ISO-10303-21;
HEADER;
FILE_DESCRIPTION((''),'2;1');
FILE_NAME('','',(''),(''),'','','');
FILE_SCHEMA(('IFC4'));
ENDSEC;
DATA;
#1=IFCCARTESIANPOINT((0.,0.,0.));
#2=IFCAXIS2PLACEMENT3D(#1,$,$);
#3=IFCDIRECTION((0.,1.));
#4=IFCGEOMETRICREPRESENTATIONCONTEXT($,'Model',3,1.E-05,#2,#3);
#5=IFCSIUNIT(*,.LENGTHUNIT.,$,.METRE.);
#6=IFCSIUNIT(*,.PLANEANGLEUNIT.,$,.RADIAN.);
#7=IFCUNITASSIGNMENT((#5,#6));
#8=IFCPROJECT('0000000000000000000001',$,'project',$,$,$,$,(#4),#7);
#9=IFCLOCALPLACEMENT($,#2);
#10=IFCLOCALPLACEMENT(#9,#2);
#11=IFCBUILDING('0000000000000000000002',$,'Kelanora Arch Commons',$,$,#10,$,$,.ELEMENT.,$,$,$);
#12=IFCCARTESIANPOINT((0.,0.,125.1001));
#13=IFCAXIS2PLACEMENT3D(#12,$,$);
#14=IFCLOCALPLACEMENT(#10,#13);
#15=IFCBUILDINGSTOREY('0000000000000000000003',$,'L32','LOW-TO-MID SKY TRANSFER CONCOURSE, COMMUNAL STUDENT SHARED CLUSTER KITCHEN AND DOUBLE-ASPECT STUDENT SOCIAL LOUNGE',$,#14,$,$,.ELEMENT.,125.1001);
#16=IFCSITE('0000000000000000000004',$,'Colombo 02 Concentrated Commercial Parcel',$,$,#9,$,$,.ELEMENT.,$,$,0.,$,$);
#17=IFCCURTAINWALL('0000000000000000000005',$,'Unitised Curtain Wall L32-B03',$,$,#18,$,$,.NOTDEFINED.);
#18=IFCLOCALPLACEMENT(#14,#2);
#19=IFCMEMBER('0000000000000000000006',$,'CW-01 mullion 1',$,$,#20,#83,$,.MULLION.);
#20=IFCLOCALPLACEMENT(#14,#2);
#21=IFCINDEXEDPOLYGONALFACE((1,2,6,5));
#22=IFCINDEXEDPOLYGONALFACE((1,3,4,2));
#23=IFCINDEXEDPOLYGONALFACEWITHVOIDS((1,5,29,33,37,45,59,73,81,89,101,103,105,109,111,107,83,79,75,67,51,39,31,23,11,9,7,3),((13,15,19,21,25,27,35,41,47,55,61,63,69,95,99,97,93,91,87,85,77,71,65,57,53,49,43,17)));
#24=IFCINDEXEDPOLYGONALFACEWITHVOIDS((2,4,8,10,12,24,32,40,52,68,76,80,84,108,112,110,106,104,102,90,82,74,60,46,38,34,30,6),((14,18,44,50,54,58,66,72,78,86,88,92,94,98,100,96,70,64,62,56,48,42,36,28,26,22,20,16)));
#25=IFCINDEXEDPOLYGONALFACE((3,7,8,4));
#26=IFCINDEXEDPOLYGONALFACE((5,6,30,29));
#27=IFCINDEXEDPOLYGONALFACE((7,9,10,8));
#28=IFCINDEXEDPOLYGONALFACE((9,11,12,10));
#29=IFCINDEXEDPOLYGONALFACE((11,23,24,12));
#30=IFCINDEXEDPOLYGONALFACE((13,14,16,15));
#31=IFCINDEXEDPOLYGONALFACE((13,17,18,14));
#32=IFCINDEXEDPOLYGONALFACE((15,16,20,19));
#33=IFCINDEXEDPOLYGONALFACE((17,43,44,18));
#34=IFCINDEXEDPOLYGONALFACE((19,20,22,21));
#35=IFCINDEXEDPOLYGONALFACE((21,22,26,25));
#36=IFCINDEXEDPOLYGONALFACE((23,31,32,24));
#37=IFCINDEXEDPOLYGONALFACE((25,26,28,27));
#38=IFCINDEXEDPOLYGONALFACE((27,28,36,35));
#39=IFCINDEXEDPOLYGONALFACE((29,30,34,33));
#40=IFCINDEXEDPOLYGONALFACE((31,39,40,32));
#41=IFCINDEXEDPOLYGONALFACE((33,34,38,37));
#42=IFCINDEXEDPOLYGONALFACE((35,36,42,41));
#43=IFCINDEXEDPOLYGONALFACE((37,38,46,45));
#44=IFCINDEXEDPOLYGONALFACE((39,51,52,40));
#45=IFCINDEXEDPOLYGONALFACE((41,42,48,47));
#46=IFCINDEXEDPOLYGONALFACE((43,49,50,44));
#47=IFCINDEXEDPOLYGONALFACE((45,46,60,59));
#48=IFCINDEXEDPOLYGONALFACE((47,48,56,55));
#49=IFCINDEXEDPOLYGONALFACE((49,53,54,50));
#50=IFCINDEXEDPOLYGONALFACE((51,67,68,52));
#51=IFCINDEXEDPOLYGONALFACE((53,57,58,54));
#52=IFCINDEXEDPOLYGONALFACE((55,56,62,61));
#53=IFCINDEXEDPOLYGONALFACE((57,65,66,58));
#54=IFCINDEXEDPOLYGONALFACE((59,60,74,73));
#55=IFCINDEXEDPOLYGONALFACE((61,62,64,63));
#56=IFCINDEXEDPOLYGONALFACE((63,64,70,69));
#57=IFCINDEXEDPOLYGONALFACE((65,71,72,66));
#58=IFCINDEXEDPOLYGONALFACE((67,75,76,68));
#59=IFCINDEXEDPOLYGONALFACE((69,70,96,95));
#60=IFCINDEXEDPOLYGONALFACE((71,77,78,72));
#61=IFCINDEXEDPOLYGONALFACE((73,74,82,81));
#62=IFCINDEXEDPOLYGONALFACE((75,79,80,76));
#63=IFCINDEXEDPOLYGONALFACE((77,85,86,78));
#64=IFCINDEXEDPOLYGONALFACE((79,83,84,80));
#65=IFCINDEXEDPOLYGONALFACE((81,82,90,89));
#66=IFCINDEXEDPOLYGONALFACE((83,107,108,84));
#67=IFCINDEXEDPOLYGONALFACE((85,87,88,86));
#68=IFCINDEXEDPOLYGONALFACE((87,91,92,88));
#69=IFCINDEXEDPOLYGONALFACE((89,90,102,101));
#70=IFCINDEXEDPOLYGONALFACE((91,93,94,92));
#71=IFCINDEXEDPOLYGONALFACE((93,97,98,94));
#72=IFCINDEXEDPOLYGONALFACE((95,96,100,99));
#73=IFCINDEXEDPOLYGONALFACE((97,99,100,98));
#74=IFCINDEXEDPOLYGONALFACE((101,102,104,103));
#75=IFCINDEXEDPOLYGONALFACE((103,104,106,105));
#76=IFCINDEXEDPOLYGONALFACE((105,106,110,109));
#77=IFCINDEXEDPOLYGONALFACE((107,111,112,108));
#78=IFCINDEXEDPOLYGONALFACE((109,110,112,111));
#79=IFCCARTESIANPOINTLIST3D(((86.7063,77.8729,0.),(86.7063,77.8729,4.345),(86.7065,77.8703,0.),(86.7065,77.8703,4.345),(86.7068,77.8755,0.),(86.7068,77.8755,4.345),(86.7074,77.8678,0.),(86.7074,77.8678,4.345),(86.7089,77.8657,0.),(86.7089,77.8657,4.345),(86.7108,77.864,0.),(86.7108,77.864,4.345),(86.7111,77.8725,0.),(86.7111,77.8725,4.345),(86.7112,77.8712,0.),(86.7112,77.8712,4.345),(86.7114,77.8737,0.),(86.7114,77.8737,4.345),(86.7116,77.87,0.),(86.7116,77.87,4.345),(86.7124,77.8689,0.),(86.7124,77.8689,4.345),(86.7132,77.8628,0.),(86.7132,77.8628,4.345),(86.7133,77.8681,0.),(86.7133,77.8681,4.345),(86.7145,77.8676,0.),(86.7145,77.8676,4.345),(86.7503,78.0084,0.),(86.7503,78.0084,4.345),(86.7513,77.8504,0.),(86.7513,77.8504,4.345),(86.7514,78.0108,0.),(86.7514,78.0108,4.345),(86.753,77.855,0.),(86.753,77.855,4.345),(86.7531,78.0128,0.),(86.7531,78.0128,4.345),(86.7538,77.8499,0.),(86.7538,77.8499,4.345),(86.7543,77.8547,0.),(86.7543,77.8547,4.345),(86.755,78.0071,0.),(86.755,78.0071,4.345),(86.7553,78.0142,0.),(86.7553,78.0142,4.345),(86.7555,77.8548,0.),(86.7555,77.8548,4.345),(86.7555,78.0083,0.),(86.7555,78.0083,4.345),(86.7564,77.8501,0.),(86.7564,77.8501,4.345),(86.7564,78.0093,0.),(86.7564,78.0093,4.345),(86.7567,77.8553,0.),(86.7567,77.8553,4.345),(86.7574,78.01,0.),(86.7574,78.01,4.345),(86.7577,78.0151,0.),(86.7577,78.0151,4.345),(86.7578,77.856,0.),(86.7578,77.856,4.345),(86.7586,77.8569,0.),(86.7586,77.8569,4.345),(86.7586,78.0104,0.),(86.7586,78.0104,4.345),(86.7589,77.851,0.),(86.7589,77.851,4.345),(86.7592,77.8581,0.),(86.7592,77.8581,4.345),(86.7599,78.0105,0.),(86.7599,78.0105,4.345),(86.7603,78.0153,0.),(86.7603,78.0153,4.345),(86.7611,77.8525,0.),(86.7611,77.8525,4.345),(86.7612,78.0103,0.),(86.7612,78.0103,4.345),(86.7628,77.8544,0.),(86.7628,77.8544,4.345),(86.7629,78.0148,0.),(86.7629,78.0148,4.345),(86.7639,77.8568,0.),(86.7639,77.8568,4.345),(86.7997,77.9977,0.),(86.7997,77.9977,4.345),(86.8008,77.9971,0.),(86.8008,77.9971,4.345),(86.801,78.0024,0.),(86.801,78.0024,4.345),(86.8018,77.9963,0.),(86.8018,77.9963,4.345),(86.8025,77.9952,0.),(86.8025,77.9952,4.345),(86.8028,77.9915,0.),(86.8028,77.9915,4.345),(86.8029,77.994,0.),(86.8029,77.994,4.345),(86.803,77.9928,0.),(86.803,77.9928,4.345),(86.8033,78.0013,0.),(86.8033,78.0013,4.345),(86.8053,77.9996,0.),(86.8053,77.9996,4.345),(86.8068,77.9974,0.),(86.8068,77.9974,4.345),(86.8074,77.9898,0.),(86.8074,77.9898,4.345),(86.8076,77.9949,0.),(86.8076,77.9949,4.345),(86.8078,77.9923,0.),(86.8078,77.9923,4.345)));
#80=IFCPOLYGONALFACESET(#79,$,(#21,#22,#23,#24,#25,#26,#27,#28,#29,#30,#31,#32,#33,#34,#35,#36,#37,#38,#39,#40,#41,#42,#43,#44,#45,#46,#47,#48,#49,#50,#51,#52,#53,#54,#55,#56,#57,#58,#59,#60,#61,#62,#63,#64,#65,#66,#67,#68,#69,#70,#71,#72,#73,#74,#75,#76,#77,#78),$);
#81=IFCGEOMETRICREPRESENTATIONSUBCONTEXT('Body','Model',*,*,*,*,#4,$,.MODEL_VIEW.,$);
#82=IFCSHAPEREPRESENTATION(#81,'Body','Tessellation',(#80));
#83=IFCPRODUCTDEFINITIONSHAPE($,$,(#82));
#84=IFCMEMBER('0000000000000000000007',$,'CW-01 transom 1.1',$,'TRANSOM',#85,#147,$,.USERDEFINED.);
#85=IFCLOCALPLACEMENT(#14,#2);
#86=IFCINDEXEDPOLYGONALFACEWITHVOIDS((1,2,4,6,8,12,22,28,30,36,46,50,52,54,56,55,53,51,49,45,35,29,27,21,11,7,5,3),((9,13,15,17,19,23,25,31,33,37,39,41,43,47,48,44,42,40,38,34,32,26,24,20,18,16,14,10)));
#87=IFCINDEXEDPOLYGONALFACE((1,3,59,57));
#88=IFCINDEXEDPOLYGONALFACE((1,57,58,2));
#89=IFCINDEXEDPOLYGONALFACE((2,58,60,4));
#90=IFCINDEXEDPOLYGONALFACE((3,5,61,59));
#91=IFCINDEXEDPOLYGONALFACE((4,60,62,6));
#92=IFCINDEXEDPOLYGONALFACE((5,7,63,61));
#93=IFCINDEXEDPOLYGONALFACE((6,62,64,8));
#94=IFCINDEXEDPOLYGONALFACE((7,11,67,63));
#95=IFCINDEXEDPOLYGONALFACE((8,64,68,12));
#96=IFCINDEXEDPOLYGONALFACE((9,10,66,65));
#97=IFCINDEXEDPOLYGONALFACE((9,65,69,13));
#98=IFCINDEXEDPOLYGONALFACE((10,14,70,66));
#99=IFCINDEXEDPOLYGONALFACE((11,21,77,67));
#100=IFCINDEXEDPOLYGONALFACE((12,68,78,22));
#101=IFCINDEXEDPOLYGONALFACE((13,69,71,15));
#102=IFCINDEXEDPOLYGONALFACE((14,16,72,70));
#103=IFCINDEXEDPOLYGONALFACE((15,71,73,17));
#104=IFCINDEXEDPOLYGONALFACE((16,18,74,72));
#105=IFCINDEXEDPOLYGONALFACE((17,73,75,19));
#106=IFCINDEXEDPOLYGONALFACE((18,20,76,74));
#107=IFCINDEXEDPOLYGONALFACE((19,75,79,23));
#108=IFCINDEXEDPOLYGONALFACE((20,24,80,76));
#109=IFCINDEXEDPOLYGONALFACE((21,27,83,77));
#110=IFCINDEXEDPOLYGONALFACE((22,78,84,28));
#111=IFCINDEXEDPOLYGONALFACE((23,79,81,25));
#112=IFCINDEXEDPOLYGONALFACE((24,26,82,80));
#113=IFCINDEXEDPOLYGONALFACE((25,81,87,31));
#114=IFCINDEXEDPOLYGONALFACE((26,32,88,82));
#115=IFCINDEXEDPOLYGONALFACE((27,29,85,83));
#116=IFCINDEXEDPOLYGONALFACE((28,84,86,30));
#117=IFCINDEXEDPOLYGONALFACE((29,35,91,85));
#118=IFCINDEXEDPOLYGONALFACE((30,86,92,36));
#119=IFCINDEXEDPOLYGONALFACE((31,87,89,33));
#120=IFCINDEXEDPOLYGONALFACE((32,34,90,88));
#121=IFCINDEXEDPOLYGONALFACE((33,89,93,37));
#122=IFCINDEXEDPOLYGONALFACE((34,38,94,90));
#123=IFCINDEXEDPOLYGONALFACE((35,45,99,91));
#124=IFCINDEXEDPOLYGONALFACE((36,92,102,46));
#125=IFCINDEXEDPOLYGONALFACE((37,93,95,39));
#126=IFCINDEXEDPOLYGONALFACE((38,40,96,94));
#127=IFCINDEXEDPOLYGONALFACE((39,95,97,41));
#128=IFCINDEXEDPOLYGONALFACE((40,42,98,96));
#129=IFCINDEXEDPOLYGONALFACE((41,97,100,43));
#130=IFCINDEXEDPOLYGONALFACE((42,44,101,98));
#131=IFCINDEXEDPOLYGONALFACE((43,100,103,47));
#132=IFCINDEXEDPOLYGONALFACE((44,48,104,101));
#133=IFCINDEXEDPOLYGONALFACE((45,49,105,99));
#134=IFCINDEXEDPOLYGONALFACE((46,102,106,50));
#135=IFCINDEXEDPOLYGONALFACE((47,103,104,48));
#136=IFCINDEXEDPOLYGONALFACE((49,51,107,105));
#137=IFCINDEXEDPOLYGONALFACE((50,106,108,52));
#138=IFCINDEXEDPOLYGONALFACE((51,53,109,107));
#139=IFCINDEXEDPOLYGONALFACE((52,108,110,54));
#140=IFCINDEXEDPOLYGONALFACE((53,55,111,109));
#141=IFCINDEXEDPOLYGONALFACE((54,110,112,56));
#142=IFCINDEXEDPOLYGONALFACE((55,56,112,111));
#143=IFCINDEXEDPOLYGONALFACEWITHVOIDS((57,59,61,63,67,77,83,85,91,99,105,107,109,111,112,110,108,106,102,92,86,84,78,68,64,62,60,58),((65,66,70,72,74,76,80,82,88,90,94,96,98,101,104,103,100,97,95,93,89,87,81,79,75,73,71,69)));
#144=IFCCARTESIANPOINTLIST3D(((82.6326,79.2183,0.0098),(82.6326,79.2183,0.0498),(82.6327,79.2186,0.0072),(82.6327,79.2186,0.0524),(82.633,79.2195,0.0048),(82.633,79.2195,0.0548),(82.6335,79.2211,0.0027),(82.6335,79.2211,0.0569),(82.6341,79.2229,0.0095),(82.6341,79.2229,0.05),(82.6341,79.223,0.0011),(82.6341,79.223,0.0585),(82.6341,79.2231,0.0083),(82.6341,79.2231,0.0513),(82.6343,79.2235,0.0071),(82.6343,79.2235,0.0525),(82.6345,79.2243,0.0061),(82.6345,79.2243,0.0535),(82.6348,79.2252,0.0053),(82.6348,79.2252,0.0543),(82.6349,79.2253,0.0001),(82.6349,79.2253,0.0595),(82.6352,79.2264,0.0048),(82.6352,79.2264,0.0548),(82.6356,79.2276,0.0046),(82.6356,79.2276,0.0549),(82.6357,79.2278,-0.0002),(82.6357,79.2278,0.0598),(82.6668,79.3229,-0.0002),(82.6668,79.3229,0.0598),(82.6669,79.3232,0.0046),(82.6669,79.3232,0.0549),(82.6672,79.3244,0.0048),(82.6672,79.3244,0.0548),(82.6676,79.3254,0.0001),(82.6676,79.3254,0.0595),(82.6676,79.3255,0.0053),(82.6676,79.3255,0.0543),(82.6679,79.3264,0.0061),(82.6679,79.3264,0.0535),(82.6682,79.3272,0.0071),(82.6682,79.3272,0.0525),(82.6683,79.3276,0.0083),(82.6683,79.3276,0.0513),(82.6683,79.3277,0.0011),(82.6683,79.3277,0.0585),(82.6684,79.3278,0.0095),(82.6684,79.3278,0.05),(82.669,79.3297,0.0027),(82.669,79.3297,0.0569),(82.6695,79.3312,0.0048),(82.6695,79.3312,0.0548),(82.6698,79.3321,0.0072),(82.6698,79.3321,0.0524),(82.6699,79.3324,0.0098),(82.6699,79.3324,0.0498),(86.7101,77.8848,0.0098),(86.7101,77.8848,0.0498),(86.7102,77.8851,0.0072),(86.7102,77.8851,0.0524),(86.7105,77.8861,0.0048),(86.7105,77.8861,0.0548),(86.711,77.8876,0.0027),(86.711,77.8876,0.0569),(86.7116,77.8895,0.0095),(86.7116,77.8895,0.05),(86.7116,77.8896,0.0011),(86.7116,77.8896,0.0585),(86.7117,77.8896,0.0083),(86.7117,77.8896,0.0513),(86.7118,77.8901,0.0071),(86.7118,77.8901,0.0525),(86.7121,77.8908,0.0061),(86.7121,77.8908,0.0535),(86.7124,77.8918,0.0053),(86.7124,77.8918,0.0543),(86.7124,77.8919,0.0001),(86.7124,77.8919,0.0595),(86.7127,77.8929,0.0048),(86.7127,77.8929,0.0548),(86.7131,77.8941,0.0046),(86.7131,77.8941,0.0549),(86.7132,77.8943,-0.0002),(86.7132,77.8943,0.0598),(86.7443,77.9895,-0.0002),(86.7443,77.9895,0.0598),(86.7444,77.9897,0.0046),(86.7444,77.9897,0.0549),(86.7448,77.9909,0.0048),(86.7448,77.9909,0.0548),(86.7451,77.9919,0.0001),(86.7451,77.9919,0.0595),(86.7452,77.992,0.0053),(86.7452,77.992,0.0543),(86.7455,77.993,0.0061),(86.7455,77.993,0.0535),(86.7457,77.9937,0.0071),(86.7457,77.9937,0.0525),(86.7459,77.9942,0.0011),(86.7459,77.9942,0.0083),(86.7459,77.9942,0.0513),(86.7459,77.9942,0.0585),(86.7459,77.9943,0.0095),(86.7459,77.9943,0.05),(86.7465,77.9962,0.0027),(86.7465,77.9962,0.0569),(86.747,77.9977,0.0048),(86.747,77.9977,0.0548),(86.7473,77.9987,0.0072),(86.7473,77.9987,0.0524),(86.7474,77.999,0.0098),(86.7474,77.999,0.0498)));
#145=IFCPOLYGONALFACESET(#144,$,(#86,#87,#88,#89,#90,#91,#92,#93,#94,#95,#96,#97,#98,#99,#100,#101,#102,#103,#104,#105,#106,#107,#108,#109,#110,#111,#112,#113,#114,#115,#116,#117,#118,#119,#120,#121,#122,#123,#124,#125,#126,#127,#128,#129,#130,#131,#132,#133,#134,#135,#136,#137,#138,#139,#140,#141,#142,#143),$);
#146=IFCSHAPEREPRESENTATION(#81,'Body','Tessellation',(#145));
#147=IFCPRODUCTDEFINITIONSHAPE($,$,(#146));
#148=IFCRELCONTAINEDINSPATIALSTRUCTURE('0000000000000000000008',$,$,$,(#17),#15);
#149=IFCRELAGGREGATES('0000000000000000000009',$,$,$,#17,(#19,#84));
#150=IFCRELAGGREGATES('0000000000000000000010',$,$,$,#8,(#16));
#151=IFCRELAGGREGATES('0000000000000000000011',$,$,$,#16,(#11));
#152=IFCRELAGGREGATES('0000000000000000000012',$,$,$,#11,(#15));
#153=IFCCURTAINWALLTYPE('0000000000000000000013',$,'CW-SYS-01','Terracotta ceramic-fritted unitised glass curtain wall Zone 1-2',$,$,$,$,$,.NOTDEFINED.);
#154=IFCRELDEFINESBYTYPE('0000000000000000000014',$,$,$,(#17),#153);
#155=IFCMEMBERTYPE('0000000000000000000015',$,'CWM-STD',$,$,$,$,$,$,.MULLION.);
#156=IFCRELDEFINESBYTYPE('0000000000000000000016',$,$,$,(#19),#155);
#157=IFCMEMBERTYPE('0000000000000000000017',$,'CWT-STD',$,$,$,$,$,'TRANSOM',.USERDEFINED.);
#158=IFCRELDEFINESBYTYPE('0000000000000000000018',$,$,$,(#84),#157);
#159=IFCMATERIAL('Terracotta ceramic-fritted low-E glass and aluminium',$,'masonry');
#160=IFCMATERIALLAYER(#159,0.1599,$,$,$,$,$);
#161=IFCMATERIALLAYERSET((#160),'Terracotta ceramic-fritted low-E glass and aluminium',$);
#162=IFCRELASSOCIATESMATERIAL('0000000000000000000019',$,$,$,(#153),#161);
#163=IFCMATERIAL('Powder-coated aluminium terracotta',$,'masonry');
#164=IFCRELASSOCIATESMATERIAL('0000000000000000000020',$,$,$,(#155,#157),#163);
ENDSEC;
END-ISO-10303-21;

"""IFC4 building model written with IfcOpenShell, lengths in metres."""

from ifc_helpers import new_model, si_unit, direction, frame, origin, origin_2d, place, context, subcontext, project, spatial, hollow_rectangle, extrude, material, layer, layer_set, material_profile, profile_set, type_object, element, aggregate, save


model = new_model("IFC4")

# Units and contexts
model_context = context("Model", 3, precision=1e-05, world=origin(), true_north=direction((0.0, 1.0)))
body_context = subcontext(model_context, "Body", "Model", "MODEL_VIEW")
ifc_project = project(units=[si_unit("LENGTHUNIT", "METRE"), si_unit("PLANEANGLEUNIT", "RADIAN")], contexts=[model_context])

# Site, building, storey
site_placement = place(None, origin())
site = spatial("IfcSite", under=ifc_project, at=site_placement, Name="Colombo 02 Concentrated Commercial Parcel", CompositionType="ELEMENT", RefElevation=0.0)
building_placement = place(site_placement, origin())
building = spatial("IfcBuilding", under=site, at=building_placement, Name="Kelanora Arch Commons", CompositionType="ELEMENT")
storey_placement = place(building_placement, frame((0.0, 0.0, 125.1001)))
storey = spatial("IfcBuildingStorey", under=building, at=storey_placement, Name="L32", Description="LOW-TO-MID SKY TRANSFER CONCOURSE, COMMUNAL STUDENT SHARED CLUSTER KITCHEN AND DOUBLE-ASPECT STUDENT SOCIAL LOUNGE", CompositionType="ELEMENT", Elevation=125.1001)

# Shared definitions
ifc_material_1 = material(Name="Terracotta ceramic-fritted low-E glass and aluminium", Category="masonry")
ifc_layer_1 = layer(ifc_material_1, 0.1599)
ifc_layer_set_1 = layer_set([ifc_layer_1], Name="Terracotta ceramic-fritted low-E glass and aluminium")
curtain_wall_type = type_object("IfcCurtainWallType", Name="CW-SYS-01", Description="Terracotta ceramic-fritted unitised glass curtain wall Zone 1-2", PredefinedType="NOTDEFINED", material=ifc_layer_set_1)
ifc_material_2 = material(Name="Powder-coated aluminium terracotta", Category="masonry")
ifc_material_profile_1 = material_profile(ifc_material_2, hollow_rectangle(XDim=0.1599, YDim=0.0601, WallThickness=0.0049, InnerFilletRadius=0.0049, OuterFilletRadius=0.01, at=origin_2d()), Name="CWM160x60")
ifc_profile_set_1 = profile_set([ifc_material_profile_1], Name="Powder-coated aluminium terracotta")
member_type_1 = type_object("IfcMemberType", Name="CWM-STD", PredefinedType="MULLION", material=ifc_profile_set_1)

# Curtain wall, members
curtain_wall_1_placement = place(storey_placement, origin())
curtain_wall_1 = element("IfcCurtainWall", 1, at=curtain_wall_1_placement, inside=storey, type_object=curtain_wall_type, Name="Unitised Curtain Wall L32-B03", PredefinedType="NOTDEFINED")
member_1_placement = place(storey_placement, frame((86.7571, 77.9326, 0.0), z_axis=(0.0, 0.0, 1.0), x_axis=(-0.310805, -0.950474, 0.0)))
member_1 = element("IfcMember", 2, at=member_1_placement, type_object=member_type_1, Name="CW-01 mullion 1", PredefinedType="MULLION", context=body_context, shape_type="SweptSolid", body=[
    extrude(hollow_rectangle(XDim=0.1599, YDim=0.0601, WallThickness=0.0049, InnerFilletRadius=0.0049, OuterFilletRadius=0.01, at=origin_2d()), origin(), (0.0, 0.0, 1.0), 4.345),
])
ifc_material_profile_2 = material_profile(ifc_material_2, hollow_rectangle(XDim=0.1201, YDim=0.0601, WallThickness=0.0049, InnerFilletRadius=0.0049, OuterFilletRadius=0.01, at=origin_2d()), Name="CWT120x60")
ifc_profile_set_2 = profile_set([ifc_material_profile_2], Name="Powder-coated aluminium terracotta")
member_type_2 = type_object("IfcMemberType", Name="CWT-STD", ElementType="TRANSOM", PredefinedType="USERDEFINED", material=ifc_profile_set_2)
member_2_placement = place(storey_placement, frame((86.7288, 77.9419, 0.0298), z_axis=(-0.950466, 0.310828, 0.0), x_axis=(-0.310828, -0.950466, 0.0)))
member_2 = element("IfcMember", 3, at=member_2_placement, type_object=member_type_2, Name="CW-01 transom 1.1", ObjectType="TRANSOM", PredefinedType="USERDEFINED", context=body_context, shape_type="SweptSolid", body=[
    extrude(hollow_rectangle(XDim=0.1201, YDim=0.0601, WallThickness=0.0049, InnerFilletRadius=0.0049, OuterFilletRadius=0.01, at=origin_2d()), origin(), (0.0, 0.0, 1.0), 4.29),
])
aggregate(curtain_wall_1, [member_1, member_2])

save(model, "model.ifc")
